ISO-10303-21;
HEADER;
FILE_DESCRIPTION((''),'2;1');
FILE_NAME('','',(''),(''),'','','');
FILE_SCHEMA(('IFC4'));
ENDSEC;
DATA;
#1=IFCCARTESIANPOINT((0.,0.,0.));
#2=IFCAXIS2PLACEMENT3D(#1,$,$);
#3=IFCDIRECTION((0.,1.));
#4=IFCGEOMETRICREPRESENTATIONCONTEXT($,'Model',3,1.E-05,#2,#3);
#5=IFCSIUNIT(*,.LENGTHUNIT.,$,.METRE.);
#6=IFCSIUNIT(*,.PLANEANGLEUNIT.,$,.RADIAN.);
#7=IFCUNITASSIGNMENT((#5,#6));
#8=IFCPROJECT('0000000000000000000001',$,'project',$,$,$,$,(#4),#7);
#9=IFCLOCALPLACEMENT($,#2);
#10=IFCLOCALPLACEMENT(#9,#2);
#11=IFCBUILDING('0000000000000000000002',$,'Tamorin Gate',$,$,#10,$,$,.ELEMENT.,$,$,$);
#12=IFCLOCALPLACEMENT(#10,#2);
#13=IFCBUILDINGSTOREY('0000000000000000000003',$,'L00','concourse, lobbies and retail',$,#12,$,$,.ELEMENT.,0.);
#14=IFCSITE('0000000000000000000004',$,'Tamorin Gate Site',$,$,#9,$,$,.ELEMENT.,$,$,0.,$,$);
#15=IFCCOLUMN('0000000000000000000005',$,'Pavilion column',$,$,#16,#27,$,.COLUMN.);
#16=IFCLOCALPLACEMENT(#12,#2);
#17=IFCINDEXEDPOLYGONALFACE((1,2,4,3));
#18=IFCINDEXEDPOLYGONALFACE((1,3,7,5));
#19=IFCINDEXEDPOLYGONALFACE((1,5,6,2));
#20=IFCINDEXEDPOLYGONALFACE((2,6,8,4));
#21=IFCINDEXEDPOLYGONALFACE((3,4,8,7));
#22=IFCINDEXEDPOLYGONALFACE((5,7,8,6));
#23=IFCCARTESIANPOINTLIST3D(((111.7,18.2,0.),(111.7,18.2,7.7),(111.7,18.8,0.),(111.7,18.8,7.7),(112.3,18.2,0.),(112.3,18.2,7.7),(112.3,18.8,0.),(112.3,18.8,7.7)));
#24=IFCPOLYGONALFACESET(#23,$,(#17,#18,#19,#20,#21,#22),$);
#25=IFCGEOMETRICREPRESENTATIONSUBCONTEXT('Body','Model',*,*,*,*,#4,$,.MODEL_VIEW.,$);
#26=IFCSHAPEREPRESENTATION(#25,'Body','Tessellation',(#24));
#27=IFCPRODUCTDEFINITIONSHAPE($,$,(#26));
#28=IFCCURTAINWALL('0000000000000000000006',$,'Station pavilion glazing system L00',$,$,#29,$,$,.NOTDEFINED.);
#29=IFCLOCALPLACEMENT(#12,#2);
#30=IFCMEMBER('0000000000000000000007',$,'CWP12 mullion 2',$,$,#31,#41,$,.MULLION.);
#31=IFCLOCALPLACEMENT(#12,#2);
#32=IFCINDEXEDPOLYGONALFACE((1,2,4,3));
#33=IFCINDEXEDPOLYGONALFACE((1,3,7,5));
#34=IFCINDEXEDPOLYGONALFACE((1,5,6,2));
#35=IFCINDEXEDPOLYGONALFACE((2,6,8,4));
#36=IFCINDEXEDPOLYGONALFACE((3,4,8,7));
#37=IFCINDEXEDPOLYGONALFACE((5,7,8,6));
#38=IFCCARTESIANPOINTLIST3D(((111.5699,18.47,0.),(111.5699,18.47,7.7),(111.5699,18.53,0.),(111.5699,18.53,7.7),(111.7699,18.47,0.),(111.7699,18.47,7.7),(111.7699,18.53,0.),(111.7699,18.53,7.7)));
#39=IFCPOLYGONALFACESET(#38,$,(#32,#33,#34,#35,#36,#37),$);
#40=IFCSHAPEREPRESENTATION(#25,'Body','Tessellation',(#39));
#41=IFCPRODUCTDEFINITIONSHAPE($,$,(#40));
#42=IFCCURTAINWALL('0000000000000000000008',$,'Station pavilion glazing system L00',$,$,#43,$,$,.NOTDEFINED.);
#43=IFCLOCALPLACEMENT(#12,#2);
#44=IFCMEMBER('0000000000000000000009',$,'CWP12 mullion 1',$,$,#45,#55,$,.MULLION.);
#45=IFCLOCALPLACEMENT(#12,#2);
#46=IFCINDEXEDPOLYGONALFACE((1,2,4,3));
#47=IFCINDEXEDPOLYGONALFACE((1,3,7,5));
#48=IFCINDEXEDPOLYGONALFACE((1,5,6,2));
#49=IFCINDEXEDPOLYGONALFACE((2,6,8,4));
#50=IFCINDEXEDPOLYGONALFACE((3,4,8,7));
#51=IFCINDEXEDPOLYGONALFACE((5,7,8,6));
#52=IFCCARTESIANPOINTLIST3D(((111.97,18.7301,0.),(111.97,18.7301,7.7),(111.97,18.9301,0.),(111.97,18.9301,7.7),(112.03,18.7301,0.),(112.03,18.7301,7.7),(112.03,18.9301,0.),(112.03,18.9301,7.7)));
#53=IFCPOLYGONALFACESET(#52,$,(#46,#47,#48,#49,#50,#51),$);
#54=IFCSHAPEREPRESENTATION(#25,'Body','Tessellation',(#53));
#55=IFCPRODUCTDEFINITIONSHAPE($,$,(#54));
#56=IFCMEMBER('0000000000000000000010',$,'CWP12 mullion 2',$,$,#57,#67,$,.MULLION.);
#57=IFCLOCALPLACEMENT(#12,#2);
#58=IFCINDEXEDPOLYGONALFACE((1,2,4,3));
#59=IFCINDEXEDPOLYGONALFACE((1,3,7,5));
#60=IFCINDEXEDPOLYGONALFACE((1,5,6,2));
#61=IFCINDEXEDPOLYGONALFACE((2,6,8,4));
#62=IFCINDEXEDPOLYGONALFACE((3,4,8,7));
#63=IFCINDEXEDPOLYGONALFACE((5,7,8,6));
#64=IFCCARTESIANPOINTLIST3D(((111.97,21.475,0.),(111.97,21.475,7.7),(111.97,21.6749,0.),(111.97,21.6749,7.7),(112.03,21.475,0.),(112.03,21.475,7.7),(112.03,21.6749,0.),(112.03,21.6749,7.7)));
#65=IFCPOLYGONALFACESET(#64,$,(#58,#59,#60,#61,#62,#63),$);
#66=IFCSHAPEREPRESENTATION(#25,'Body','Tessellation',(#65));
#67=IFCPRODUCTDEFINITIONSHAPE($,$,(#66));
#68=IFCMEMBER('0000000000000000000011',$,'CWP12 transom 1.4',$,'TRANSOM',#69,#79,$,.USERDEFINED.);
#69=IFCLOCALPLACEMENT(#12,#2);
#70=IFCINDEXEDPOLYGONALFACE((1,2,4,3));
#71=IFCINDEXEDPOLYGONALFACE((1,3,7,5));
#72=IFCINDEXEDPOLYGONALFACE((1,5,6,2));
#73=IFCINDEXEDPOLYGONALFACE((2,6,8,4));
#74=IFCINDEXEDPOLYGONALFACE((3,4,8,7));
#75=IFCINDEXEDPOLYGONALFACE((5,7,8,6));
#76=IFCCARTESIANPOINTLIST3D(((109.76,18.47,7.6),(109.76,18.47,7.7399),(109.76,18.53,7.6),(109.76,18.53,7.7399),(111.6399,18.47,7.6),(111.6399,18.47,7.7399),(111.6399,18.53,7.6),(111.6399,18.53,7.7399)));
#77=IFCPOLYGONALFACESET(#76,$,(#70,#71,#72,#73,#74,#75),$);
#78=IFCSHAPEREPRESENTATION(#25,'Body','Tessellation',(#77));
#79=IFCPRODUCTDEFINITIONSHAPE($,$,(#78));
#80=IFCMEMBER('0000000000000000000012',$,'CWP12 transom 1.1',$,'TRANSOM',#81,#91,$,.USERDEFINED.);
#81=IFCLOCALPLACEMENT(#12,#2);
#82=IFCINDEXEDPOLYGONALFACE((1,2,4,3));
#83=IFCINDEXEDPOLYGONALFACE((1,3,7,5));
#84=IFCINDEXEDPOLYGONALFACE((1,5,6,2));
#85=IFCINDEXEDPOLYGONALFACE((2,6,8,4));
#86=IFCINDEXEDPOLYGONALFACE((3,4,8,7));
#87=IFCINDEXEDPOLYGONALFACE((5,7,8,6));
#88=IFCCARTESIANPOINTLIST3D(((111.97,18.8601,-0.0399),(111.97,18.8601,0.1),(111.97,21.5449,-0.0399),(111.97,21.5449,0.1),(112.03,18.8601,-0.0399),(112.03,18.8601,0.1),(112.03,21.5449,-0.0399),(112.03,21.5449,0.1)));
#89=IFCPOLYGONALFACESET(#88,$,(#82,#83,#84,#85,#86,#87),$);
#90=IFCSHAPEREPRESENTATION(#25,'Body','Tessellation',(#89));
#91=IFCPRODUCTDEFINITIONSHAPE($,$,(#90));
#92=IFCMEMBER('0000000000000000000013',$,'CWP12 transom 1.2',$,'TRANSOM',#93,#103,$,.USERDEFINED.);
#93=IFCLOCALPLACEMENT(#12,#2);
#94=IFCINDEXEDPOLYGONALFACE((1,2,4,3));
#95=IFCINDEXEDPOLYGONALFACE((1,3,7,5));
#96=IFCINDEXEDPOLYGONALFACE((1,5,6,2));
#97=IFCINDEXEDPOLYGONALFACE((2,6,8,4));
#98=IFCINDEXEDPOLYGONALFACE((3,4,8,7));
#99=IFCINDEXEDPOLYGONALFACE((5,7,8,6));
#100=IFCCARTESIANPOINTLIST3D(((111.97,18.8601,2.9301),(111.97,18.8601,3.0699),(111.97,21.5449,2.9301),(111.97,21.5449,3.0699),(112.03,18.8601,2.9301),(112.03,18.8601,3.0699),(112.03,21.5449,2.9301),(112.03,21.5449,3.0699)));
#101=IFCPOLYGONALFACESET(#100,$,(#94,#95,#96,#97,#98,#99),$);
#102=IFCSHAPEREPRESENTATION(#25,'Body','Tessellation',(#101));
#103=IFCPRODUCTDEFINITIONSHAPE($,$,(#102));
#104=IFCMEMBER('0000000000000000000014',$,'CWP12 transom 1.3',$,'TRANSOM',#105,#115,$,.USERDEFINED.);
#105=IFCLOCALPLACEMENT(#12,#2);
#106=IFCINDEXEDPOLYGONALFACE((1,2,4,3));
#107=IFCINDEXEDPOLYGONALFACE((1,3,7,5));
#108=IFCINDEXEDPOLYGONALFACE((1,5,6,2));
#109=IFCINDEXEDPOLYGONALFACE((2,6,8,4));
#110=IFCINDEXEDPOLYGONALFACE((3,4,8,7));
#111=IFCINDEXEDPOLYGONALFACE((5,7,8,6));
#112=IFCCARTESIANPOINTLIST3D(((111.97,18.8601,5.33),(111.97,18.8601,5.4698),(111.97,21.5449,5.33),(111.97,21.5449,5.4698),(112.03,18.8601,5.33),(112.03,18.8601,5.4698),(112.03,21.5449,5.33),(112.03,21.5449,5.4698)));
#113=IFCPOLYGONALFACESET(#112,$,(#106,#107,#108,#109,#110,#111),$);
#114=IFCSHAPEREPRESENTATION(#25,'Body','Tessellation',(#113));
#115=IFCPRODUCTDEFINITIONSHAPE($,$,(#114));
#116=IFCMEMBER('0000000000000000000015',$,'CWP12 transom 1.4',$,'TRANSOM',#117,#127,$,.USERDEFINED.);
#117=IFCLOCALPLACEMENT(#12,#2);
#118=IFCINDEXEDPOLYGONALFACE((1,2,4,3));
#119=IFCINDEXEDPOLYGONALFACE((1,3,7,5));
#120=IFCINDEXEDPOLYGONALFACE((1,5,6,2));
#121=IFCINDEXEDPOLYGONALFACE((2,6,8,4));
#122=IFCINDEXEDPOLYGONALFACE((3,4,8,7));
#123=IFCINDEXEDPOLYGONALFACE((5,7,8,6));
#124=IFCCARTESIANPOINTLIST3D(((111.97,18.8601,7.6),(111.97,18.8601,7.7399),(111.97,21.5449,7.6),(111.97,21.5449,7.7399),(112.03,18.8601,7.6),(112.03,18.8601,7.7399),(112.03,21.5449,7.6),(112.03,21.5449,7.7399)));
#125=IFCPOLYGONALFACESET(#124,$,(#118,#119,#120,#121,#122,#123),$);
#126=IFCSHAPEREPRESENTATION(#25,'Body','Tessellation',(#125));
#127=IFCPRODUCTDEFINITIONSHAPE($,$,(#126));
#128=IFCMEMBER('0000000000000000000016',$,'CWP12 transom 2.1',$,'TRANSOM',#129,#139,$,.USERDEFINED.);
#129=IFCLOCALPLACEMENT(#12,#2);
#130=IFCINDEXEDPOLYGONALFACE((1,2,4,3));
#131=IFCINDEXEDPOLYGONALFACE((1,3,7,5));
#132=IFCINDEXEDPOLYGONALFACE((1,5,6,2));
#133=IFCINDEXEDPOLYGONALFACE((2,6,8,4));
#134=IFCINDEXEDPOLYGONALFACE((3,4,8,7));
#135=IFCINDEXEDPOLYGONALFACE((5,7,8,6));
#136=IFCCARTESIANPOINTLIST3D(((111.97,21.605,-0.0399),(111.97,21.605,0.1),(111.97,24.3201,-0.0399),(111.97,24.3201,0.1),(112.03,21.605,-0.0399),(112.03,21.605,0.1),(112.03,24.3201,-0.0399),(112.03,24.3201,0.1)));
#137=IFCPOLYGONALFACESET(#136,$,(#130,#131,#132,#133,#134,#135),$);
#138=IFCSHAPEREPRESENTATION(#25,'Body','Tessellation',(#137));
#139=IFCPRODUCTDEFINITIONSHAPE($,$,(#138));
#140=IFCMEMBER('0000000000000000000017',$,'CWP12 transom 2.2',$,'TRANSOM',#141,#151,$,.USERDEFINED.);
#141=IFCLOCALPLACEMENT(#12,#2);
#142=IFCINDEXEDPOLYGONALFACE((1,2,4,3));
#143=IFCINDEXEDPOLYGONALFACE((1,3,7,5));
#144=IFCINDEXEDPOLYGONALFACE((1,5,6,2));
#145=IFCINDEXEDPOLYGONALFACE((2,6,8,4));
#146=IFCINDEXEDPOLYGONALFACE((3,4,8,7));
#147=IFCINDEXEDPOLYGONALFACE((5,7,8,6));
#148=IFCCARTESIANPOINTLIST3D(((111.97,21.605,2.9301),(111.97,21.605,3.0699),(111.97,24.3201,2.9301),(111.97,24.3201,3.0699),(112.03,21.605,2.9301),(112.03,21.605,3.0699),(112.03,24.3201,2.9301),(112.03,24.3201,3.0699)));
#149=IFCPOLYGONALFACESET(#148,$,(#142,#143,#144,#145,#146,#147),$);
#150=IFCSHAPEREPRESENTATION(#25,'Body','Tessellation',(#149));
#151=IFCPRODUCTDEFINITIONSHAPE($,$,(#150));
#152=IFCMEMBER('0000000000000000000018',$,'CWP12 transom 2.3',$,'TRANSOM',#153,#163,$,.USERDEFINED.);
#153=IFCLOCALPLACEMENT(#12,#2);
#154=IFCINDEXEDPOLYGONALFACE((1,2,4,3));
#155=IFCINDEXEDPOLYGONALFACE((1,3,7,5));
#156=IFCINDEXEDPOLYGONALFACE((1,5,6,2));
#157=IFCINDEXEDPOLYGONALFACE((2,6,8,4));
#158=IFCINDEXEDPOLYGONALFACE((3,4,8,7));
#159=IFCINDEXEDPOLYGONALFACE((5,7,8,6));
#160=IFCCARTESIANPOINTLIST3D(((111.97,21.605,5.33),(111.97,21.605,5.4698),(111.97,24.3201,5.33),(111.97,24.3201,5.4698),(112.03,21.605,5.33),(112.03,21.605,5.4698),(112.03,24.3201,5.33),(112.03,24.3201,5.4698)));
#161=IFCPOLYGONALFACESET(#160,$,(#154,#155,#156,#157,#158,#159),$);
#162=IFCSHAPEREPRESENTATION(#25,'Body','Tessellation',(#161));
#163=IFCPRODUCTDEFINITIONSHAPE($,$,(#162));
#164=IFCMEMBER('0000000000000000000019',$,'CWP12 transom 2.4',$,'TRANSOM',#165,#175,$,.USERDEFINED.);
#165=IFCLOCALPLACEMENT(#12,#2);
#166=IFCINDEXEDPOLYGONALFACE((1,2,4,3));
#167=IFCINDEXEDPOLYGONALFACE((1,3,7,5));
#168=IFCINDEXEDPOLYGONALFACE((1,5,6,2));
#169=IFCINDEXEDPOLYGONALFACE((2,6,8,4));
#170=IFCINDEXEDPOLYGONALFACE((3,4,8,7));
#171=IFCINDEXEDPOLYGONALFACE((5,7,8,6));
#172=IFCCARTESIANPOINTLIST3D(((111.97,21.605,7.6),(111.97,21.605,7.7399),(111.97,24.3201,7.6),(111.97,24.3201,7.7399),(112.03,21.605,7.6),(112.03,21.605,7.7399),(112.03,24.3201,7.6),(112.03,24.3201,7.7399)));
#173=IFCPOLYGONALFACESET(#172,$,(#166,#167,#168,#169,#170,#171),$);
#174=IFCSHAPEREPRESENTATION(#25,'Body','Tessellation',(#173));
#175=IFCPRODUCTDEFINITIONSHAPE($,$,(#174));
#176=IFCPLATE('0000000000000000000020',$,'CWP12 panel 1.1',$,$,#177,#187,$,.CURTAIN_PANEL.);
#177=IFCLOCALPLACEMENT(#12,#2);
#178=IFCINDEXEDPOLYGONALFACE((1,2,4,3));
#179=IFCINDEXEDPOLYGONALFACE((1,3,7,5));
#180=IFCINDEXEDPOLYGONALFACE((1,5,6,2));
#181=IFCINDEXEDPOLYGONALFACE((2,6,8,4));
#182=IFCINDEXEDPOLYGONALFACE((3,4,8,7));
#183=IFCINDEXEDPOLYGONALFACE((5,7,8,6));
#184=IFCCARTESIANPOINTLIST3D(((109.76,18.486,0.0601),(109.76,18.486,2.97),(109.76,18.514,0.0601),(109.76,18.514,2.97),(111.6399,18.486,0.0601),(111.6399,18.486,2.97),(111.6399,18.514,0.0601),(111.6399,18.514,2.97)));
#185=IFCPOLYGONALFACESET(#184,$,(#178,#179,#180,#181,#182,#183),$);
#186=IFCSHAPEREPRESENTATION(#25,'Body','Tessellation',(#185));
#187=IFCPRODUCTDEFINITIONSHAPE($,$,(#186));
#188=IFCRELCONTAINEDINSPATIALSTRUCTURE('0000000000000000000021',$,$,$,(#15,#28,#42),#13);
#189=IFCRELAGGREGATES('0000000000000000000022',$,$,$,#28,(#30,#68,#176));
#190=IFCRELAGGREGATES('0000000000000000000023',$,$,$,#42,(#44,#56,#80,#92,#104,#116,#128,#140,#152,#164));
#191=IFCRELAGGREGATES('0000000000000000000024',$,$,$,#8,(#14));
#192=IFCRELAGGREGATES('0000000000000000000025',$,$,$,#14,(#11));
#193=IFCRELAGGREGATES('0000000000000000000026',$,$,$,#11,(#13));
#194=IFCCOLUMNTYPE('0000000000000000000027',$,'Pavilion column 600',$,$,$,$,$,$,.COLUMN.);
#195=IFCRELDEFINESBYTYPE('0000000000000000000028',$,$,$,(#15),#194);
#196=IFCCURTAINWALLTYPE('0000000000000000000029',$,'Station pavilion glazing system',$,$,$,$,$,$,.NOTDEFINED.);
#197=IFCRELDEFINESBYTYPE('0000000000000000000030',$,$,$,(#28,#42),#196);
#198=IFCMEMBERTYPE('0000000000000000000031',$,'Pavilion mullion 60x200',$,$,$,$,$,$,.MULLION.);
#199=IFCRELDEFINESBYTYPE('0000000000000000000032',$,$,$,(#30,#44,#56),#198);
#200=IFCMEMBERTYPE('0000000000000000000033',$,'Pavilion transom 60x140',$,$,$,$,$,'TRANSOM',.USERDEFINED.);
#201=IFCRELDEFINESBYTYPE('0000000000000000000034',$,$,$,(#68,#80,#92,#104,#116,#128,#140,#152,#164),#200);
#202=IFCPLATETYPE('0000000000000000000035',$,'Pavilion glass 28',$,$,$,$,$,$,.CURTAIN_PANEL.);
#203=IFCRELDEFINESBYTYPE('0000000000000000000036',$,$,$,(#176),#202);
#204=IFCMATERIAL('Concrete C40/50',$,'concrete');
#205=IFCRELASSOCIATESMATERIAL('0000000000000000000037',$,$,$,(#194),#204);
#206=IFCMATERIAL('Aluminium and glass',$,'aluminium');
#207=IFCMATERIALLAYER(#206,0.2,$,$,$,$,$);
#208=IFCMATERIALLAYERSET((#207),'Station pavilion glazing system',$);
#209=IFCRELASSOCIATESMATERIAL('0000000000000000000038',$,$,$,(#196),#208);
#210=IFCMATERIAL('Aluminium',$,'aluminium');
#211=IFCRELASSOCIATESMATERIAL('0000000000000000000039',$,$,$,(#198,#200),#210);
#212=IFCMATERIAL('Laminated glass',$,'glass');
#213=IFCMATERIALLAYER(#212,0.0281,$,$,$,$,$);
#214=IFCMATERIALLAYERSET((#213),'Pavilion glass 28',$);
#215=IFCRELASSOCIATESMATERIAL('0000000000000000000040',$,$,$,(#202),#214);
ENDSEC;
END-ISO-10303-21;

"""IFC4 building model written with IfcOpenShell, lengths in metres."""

from ifc_helpers import new_model, si_unit, direction, frame, origin, origin_2d, place, context, subcontext, project, spatial, rectangle, extrude, material, layer, layer_set, material_profile, profile_set, type_object, element, aggregate, save


model = new_model("IFC4")

# Units and contexts
model_context = context("Model", 3, precision=1e-05, world=origin(), true_north=direction((0.0, 1.0)))
body_context = subcontext(model_context, "Body", "Model", "MODEL_VIEW")
ifc_project = project(units=[si_unit("LENGTHUNIT", "METRE"), si_unit("PLANEANGLEUNIT", "RADIAN")], contexts=[model_context])

# Site, building, storey
site_placement = place(None, origin())
site = spatial("IfcSite", under=ifc_project, at=site_placement, Name="Tamorin Gate Site", CompositionType="ELEMENT", RefElevation=0.0)
building_placement = place(site_placement, origin())
building = spatial("IfcBuilding", under=site, at=building_placement, Name="Tamorin Gate", CompositionType="ELEMENT")
storey_placement = place(building_placement, origin())
storey = spatial("IfcBuildingStorey", under=building, at=storey_placement, Name="L00", Description="concourse, lobbies and retail", CompositionType="ELEMENT", Elevation=0.0)

# Column
ifc_material_1 = material(Name="Concrete C40/50", Category="concrete")
ifc_material_profile_1 = material_profile(ifc_material_1, rectangle(XDim=0.6001, YDim=0.6001, at=origin_2d()))
ifc_profile_set_1 = profile_set([ifc_material_profile_1], Name="Concrete C40/50")
column_type = type_object("IfcColumnType", Name="Pavilion column 600", PredefinedType="COLUMN", material=ifc_profile_set_1)
column_placement = place(storey_placement, frame((112.0, 18.5, 0.0), z_axis=(0.0, 0.0, 1.0), x_axis=(1.0, 0.0, 0.0)))
element("IfcColumn", 1, at=column_placement, inside=storey, type_object=column_type, Name="Pavilion column", PredefinedType="COLUMN", context=body_context, shape_type="SweptSolid", body=[
    extrude(rectangle(XDim=0.6001, YDim=0.6001, at=origin_2d()), origin(), (0.0, 0.0, 1.0), 7.7),
])

# Curtain wall, member
ifc_material_2 = material(Name="Aluminium and glass", Category="aluminium")
ifc_layer_1 = layer(ifc_material_2, 0.2)
ifc_layer_set_1 = layer_set([ifc_layer_1], Name="Station pavilion glazing system")
curtain_wall_type = type_object("IfcCurtainWallType", Name="Station pavilion glazing system", PredefinedType="NOTDEFINED", material=ifc_layer_set_1)
curtain_wall_1_placement = place(storey_placement, origin())
curtain_wall_1 = element("IfcCurtainWall", 2, at=curtain_wall_1_placement, inside=storey, type_object=curtain_wall_type, Name="Station pavilion glazing system L00", PredefinedType="NOTDEFINED")
ifc_material_3 = material(Name="Aluminium", Category="aluminium")
ifc_material_profile_2 = material_profile(ifc_material_3, rectangle(XDim=0.0601, YDim=0.2, at=origin_2d()), Name="RECT 60x200")
ifc_profile_set_2 = profile_set([ifc_material_profile_2], Name="Aluminium")
member_type_1 = type_object("IfcMemberType", Name="Pavilion mullion 60x200", PredefinedType="MULLION", material=ifc_profile_set_2)
member_1_placement = place(storey_placement, frame((111.6699, 18.5, 0.0), z_axis=(0.0, 0.0, 1.0), x_axis=(0.0, 1.0, 0.0)))
member_1 = element("IfcMember", 3, at=member_1_placement, type_object=member_type_1, Name="CWP12 mullion 2", PredefinedType="MULLION", context=body_context, shape_type="SweptSolid", body=[
    extrude(rectangle(XDim=0.0601, YDim=0.2, at=origin_2d()), origin(), (0.0, 0.0, 1.0), 7.7),
])

# Curtain wall, members
curtain_wall_2_placement = place(storey_placement, origin())
curtain_wall_2 = element("IfcCurtainWall", 4, at=curtain_wall_2_placement, inside=storey, type_object=curtain_wall_type, Name="Station pavilion glazing system L00", PredefinedType="NOTDEFINED")
member_2_placement = place(storey_placement, frame((112.0, 18.8301, 0.0), z_axis=(0.0, 0.0, 1.0), x_axis=(-1.0, 0.0, 0.0)))
member_2 = element("IfcMember", 5, at=member_2_placement, type_object=member_type_1, Name="CWP12 mullion 1", PredefinedType="MULLION", context=body_context, shape_type="SweptSolid", body=[
    extrude(rectangle(XDim=0.0601, YDim=0.2, at=origin_2d()), origin(), (0.0, 0.0, 1.0), 7.7),
])
member_3_placement = place(storey_placement, frame((112.0, 21.575, 0.0), z_axis=(0.0, 0.0, 1.0), x_axis=(-1.0, 0.0, 0.0)))
member_3 = element("IfcMember", 6, at=member_3_placement, type_object=member_type_1, Name="CWP12 mullion 2", PredefinedType="MULLION", context=body_context, shape_type="SweptSolid", body=[
    extrude(rectangle(XDim=0.0601, YDim=0.2, at=origin_2d()), origin(), (0.0, 0.0, 1.0), 7.7),
])

# Members
ifc_material_profile_3 = material_profile(ifc_material_3, rectangle(XDim=0.0601, YDim=0.1399, at=origin_2d()), Name="RECT 60x140")
ifc_profile_set_3 = profile_set([ifc_material_profile_3], Name="Aluminium")
member_type_2 = type_object("IfcMemberType", Name="Pavilion transom 60x140", ElementType="TRANSOM", PredefinedType="USERDEFINED", material=ifc_profile_set_3)
member_4_placement = place(storey_placement, frame((109.76, 18.5, 7.6699), z_axis=(1.0, 0.0, 0.0), x_axis=(0.0, 1.0, 0.0)))
member_4 = element("IfcMember", 7, at=member_4_placement, type_object=member_type_2, Name="CWP12 transom 1.4", ObjectType="TRANSOM", PredefinedType="USERDEFINED", context=body_context, shape_type="SweptSolid", body=[
    extrude(rectangle(XDim=0.0601, YDim=0.1399, at=origin_2d()), origin(), (0.0, 0.0, 1.0), 1.8799),
])
member_5_placement = place(storey_placement, frame((112.0, 18.8601, 0.03), z_axis=(0.0, 1.0, 0.0), x_axis=(-1.0, 0.0, 0.0)))
member_5 = element("IfcMember", 8, at=member_5_placement, type_object=member_type_2, Name="CWP12 transom 1.1", ObjectType="TRANSOM", PredefinedType="USERDEFINED", context=body_context, shape_type="SweptSolid", body=[
    extrude(rectangle(XDim=0.0601, YDim=0.1399, at=origin_2d()), origin(), (0.0, 0.0, 1.0), 2.6848),
])
member_6_placement = place(storey_placement, frame((112.0, 18.8601, 3.0), z_axis=(0.0, 1.0, 0.0), x_axis=(-1.0, 0.0, 0.0)))
member_6 = element("IfcMember", 9, at=member_6_placement, type_object=member_type_2, Name="CWP12 transom 1.2", ObjectType="TRANSOM", PredefinedType="USERDEFINED", context=body_context, shape_type="SweptSolid", body=[
    extrude(rectangle(XDim=0.0601, YDim=0.1399, at=origin_2d()), origin(), (0.0, 0.0, 1.0), 2.6848),
])
member_7_placement = place(storey_placement, frame((112.0, 18.8601, 5.3999), z_axis=(0.0, 1.0, 0.0), x_axis=(-1.0, 0.0, 0.0)))
member_7 = element("IfcMember", 10, at=member_7_placement, type_object=member_type_2, Name="CWP12 transom 1.3", ObjectType="TRANSOM", PredefinedType="USERDEFINED", context=body_context, shape_type="SweptSolid", body=[
    extrude(rectangle(XDim=0.0601, YDim=0.1399, at=origin_2d()), origin(), (0.0, 0.0, 1.0), 2.6848),
])
member_8_placement = place(storey_placement, frame((112.0, 18.8601, 7.6699), z_axis=(0.0, 1.0, 0.0), x_axis=(-1.0, 0.0, 0.0)))
member_8 = element("IfcMember", 11, at=member_8_placement, type_object=member_type_2, Name="CWP12 transom 1.4", ObjectType="TRANSOM", PredefinedType="USERDEFINED", context=body_context, shape_type="SweptSolid", body=[
    extrude(rectangle(XDim=0.0601, YDim=0.1399, at=origin_2d()), origin(), (0.0, 0.0, 1.0), 2.6848),
])
member_9_placement = place(storey_placement, frame((112.0, 21.605, 0.03), z_axis=(0.0, 1.0, 0.0), x_axis=(-1.0, 0.0, 0.0)))
member_9 = element("IfcMember", 12, at=member_9_placement, type_object=member_type_2, Name="CWP12 transom 2.1", ObjectType="TRANSOM", PredefinedType="USERDEFINED", context=body_context, shape_type="SweptSolid", body=[
    extrude(rectangle(XDim=0.0601, YDim=0.1399, at=origin_2d()), origin(), (0.0, 0.0, 1.0), 2.7151),
])
member_10_placement = place(storey_placement, frame((112.0, 21.605, 3.0), z_axis=(0.0, 1.0, 0.0), x_axis=(-1.0, 0.0, 0.0)))
member_10 = element("IfcMember", 13, at=member_10_placement, type_object=member_type_2, Name="CWP12 transom 2.2", ObjectType="TRANSOM", PredefinedType="USERDEFINED", context=body_context, shape_type="SweptSolid", body=[
    extrude(rectangle(XDim=0.0601, YDim=0.1399, at=origin_2d()), origin(), (0.0, 0.0, 1.0), 2.7151),
])
member_11_placement = place(storey_placement, frame((112.0, 21.605, 5.3999), z_axis=(0.0, 1.0, 0.0), x_axis=(-1.0, 0.0, 0.0)))
member_11 = element("IfcMember", 14, at=member_11_placement, type_object=member_type_2, Name="CWP12 transom 2.3", ObjectType="TRANSOM", PredefinedType="USERDEFINED", context=body_context, shape_type="SweptSolid", body=[
    extrude(rectangle(XDim=0.0601, YDim=0.1399, at=origin_2d()), origin(), (0.0, 0.0, 1.0), 2.7151),
])
member_12_placement = place(storey_placement, frame((112.0, 21.605, 7.6699), z_axis=(0.0, 1.0, 0.0), x_axis=(-1.0, 0.0, 0.0)))
member_12 = element("IfcMember", 15, at=member_12_placement, type_object=member_type_2, Name="CWP12 transom 2.4", ObjectType="TRANSOM", PredefinedType="USERDEFINED", context=body_context, shape_type="SweptSolid", body=[
    extrude(rectangle(XDim=0.0601, YDim=0.1399, at=origin_2d()), origin(), (0.0, 0.0, 1.0), 2.7151),
])

# Plate
ifc_material_4 = material(Name="Laminated glass", Category="glass")
ifc_layer_2 = layer(ifc_material_4, 0.0281)
ifc_layer_set_2 = layer_set([ifc_layer_2], Name="Pavilion glass 28")
plate_type = type_object("IfcPlateType", Name="Pavilion glass 28", PredefinedType="CURTAIN_PANEL", material=ifc_layer_set_2)
plate_1_placement = place(storey_placement, frame((110.7, 18.5, 0.0601), z_axis=(0.0, 0.0, 1.0), x_axis=(1.0, 0.0, 0.0)))
plate_1 = element("IfcPlate", 16, at=plate_1_placement, type_object=plate_type, Name="CWP12 panel 1.1", PredefinedType="CURTAIN_PANEL", context=body_context, shape_type="SweptSolid", body=[
    extrude(rectangle(XDim=1.8799, YDim=0.0281, at=origin_2d()), origin(), (0.0, 0.0, 1.0), 2.9099),
])
aggregate(curtain_wall_1, [member_1, member_4, plate_1])
aggregate(curtain_wall_2, [member_2, member_3, member_5, member_6, member_7, member_8, member_9, member_10, member_11, member_12])

save(model, "model.ifc")
